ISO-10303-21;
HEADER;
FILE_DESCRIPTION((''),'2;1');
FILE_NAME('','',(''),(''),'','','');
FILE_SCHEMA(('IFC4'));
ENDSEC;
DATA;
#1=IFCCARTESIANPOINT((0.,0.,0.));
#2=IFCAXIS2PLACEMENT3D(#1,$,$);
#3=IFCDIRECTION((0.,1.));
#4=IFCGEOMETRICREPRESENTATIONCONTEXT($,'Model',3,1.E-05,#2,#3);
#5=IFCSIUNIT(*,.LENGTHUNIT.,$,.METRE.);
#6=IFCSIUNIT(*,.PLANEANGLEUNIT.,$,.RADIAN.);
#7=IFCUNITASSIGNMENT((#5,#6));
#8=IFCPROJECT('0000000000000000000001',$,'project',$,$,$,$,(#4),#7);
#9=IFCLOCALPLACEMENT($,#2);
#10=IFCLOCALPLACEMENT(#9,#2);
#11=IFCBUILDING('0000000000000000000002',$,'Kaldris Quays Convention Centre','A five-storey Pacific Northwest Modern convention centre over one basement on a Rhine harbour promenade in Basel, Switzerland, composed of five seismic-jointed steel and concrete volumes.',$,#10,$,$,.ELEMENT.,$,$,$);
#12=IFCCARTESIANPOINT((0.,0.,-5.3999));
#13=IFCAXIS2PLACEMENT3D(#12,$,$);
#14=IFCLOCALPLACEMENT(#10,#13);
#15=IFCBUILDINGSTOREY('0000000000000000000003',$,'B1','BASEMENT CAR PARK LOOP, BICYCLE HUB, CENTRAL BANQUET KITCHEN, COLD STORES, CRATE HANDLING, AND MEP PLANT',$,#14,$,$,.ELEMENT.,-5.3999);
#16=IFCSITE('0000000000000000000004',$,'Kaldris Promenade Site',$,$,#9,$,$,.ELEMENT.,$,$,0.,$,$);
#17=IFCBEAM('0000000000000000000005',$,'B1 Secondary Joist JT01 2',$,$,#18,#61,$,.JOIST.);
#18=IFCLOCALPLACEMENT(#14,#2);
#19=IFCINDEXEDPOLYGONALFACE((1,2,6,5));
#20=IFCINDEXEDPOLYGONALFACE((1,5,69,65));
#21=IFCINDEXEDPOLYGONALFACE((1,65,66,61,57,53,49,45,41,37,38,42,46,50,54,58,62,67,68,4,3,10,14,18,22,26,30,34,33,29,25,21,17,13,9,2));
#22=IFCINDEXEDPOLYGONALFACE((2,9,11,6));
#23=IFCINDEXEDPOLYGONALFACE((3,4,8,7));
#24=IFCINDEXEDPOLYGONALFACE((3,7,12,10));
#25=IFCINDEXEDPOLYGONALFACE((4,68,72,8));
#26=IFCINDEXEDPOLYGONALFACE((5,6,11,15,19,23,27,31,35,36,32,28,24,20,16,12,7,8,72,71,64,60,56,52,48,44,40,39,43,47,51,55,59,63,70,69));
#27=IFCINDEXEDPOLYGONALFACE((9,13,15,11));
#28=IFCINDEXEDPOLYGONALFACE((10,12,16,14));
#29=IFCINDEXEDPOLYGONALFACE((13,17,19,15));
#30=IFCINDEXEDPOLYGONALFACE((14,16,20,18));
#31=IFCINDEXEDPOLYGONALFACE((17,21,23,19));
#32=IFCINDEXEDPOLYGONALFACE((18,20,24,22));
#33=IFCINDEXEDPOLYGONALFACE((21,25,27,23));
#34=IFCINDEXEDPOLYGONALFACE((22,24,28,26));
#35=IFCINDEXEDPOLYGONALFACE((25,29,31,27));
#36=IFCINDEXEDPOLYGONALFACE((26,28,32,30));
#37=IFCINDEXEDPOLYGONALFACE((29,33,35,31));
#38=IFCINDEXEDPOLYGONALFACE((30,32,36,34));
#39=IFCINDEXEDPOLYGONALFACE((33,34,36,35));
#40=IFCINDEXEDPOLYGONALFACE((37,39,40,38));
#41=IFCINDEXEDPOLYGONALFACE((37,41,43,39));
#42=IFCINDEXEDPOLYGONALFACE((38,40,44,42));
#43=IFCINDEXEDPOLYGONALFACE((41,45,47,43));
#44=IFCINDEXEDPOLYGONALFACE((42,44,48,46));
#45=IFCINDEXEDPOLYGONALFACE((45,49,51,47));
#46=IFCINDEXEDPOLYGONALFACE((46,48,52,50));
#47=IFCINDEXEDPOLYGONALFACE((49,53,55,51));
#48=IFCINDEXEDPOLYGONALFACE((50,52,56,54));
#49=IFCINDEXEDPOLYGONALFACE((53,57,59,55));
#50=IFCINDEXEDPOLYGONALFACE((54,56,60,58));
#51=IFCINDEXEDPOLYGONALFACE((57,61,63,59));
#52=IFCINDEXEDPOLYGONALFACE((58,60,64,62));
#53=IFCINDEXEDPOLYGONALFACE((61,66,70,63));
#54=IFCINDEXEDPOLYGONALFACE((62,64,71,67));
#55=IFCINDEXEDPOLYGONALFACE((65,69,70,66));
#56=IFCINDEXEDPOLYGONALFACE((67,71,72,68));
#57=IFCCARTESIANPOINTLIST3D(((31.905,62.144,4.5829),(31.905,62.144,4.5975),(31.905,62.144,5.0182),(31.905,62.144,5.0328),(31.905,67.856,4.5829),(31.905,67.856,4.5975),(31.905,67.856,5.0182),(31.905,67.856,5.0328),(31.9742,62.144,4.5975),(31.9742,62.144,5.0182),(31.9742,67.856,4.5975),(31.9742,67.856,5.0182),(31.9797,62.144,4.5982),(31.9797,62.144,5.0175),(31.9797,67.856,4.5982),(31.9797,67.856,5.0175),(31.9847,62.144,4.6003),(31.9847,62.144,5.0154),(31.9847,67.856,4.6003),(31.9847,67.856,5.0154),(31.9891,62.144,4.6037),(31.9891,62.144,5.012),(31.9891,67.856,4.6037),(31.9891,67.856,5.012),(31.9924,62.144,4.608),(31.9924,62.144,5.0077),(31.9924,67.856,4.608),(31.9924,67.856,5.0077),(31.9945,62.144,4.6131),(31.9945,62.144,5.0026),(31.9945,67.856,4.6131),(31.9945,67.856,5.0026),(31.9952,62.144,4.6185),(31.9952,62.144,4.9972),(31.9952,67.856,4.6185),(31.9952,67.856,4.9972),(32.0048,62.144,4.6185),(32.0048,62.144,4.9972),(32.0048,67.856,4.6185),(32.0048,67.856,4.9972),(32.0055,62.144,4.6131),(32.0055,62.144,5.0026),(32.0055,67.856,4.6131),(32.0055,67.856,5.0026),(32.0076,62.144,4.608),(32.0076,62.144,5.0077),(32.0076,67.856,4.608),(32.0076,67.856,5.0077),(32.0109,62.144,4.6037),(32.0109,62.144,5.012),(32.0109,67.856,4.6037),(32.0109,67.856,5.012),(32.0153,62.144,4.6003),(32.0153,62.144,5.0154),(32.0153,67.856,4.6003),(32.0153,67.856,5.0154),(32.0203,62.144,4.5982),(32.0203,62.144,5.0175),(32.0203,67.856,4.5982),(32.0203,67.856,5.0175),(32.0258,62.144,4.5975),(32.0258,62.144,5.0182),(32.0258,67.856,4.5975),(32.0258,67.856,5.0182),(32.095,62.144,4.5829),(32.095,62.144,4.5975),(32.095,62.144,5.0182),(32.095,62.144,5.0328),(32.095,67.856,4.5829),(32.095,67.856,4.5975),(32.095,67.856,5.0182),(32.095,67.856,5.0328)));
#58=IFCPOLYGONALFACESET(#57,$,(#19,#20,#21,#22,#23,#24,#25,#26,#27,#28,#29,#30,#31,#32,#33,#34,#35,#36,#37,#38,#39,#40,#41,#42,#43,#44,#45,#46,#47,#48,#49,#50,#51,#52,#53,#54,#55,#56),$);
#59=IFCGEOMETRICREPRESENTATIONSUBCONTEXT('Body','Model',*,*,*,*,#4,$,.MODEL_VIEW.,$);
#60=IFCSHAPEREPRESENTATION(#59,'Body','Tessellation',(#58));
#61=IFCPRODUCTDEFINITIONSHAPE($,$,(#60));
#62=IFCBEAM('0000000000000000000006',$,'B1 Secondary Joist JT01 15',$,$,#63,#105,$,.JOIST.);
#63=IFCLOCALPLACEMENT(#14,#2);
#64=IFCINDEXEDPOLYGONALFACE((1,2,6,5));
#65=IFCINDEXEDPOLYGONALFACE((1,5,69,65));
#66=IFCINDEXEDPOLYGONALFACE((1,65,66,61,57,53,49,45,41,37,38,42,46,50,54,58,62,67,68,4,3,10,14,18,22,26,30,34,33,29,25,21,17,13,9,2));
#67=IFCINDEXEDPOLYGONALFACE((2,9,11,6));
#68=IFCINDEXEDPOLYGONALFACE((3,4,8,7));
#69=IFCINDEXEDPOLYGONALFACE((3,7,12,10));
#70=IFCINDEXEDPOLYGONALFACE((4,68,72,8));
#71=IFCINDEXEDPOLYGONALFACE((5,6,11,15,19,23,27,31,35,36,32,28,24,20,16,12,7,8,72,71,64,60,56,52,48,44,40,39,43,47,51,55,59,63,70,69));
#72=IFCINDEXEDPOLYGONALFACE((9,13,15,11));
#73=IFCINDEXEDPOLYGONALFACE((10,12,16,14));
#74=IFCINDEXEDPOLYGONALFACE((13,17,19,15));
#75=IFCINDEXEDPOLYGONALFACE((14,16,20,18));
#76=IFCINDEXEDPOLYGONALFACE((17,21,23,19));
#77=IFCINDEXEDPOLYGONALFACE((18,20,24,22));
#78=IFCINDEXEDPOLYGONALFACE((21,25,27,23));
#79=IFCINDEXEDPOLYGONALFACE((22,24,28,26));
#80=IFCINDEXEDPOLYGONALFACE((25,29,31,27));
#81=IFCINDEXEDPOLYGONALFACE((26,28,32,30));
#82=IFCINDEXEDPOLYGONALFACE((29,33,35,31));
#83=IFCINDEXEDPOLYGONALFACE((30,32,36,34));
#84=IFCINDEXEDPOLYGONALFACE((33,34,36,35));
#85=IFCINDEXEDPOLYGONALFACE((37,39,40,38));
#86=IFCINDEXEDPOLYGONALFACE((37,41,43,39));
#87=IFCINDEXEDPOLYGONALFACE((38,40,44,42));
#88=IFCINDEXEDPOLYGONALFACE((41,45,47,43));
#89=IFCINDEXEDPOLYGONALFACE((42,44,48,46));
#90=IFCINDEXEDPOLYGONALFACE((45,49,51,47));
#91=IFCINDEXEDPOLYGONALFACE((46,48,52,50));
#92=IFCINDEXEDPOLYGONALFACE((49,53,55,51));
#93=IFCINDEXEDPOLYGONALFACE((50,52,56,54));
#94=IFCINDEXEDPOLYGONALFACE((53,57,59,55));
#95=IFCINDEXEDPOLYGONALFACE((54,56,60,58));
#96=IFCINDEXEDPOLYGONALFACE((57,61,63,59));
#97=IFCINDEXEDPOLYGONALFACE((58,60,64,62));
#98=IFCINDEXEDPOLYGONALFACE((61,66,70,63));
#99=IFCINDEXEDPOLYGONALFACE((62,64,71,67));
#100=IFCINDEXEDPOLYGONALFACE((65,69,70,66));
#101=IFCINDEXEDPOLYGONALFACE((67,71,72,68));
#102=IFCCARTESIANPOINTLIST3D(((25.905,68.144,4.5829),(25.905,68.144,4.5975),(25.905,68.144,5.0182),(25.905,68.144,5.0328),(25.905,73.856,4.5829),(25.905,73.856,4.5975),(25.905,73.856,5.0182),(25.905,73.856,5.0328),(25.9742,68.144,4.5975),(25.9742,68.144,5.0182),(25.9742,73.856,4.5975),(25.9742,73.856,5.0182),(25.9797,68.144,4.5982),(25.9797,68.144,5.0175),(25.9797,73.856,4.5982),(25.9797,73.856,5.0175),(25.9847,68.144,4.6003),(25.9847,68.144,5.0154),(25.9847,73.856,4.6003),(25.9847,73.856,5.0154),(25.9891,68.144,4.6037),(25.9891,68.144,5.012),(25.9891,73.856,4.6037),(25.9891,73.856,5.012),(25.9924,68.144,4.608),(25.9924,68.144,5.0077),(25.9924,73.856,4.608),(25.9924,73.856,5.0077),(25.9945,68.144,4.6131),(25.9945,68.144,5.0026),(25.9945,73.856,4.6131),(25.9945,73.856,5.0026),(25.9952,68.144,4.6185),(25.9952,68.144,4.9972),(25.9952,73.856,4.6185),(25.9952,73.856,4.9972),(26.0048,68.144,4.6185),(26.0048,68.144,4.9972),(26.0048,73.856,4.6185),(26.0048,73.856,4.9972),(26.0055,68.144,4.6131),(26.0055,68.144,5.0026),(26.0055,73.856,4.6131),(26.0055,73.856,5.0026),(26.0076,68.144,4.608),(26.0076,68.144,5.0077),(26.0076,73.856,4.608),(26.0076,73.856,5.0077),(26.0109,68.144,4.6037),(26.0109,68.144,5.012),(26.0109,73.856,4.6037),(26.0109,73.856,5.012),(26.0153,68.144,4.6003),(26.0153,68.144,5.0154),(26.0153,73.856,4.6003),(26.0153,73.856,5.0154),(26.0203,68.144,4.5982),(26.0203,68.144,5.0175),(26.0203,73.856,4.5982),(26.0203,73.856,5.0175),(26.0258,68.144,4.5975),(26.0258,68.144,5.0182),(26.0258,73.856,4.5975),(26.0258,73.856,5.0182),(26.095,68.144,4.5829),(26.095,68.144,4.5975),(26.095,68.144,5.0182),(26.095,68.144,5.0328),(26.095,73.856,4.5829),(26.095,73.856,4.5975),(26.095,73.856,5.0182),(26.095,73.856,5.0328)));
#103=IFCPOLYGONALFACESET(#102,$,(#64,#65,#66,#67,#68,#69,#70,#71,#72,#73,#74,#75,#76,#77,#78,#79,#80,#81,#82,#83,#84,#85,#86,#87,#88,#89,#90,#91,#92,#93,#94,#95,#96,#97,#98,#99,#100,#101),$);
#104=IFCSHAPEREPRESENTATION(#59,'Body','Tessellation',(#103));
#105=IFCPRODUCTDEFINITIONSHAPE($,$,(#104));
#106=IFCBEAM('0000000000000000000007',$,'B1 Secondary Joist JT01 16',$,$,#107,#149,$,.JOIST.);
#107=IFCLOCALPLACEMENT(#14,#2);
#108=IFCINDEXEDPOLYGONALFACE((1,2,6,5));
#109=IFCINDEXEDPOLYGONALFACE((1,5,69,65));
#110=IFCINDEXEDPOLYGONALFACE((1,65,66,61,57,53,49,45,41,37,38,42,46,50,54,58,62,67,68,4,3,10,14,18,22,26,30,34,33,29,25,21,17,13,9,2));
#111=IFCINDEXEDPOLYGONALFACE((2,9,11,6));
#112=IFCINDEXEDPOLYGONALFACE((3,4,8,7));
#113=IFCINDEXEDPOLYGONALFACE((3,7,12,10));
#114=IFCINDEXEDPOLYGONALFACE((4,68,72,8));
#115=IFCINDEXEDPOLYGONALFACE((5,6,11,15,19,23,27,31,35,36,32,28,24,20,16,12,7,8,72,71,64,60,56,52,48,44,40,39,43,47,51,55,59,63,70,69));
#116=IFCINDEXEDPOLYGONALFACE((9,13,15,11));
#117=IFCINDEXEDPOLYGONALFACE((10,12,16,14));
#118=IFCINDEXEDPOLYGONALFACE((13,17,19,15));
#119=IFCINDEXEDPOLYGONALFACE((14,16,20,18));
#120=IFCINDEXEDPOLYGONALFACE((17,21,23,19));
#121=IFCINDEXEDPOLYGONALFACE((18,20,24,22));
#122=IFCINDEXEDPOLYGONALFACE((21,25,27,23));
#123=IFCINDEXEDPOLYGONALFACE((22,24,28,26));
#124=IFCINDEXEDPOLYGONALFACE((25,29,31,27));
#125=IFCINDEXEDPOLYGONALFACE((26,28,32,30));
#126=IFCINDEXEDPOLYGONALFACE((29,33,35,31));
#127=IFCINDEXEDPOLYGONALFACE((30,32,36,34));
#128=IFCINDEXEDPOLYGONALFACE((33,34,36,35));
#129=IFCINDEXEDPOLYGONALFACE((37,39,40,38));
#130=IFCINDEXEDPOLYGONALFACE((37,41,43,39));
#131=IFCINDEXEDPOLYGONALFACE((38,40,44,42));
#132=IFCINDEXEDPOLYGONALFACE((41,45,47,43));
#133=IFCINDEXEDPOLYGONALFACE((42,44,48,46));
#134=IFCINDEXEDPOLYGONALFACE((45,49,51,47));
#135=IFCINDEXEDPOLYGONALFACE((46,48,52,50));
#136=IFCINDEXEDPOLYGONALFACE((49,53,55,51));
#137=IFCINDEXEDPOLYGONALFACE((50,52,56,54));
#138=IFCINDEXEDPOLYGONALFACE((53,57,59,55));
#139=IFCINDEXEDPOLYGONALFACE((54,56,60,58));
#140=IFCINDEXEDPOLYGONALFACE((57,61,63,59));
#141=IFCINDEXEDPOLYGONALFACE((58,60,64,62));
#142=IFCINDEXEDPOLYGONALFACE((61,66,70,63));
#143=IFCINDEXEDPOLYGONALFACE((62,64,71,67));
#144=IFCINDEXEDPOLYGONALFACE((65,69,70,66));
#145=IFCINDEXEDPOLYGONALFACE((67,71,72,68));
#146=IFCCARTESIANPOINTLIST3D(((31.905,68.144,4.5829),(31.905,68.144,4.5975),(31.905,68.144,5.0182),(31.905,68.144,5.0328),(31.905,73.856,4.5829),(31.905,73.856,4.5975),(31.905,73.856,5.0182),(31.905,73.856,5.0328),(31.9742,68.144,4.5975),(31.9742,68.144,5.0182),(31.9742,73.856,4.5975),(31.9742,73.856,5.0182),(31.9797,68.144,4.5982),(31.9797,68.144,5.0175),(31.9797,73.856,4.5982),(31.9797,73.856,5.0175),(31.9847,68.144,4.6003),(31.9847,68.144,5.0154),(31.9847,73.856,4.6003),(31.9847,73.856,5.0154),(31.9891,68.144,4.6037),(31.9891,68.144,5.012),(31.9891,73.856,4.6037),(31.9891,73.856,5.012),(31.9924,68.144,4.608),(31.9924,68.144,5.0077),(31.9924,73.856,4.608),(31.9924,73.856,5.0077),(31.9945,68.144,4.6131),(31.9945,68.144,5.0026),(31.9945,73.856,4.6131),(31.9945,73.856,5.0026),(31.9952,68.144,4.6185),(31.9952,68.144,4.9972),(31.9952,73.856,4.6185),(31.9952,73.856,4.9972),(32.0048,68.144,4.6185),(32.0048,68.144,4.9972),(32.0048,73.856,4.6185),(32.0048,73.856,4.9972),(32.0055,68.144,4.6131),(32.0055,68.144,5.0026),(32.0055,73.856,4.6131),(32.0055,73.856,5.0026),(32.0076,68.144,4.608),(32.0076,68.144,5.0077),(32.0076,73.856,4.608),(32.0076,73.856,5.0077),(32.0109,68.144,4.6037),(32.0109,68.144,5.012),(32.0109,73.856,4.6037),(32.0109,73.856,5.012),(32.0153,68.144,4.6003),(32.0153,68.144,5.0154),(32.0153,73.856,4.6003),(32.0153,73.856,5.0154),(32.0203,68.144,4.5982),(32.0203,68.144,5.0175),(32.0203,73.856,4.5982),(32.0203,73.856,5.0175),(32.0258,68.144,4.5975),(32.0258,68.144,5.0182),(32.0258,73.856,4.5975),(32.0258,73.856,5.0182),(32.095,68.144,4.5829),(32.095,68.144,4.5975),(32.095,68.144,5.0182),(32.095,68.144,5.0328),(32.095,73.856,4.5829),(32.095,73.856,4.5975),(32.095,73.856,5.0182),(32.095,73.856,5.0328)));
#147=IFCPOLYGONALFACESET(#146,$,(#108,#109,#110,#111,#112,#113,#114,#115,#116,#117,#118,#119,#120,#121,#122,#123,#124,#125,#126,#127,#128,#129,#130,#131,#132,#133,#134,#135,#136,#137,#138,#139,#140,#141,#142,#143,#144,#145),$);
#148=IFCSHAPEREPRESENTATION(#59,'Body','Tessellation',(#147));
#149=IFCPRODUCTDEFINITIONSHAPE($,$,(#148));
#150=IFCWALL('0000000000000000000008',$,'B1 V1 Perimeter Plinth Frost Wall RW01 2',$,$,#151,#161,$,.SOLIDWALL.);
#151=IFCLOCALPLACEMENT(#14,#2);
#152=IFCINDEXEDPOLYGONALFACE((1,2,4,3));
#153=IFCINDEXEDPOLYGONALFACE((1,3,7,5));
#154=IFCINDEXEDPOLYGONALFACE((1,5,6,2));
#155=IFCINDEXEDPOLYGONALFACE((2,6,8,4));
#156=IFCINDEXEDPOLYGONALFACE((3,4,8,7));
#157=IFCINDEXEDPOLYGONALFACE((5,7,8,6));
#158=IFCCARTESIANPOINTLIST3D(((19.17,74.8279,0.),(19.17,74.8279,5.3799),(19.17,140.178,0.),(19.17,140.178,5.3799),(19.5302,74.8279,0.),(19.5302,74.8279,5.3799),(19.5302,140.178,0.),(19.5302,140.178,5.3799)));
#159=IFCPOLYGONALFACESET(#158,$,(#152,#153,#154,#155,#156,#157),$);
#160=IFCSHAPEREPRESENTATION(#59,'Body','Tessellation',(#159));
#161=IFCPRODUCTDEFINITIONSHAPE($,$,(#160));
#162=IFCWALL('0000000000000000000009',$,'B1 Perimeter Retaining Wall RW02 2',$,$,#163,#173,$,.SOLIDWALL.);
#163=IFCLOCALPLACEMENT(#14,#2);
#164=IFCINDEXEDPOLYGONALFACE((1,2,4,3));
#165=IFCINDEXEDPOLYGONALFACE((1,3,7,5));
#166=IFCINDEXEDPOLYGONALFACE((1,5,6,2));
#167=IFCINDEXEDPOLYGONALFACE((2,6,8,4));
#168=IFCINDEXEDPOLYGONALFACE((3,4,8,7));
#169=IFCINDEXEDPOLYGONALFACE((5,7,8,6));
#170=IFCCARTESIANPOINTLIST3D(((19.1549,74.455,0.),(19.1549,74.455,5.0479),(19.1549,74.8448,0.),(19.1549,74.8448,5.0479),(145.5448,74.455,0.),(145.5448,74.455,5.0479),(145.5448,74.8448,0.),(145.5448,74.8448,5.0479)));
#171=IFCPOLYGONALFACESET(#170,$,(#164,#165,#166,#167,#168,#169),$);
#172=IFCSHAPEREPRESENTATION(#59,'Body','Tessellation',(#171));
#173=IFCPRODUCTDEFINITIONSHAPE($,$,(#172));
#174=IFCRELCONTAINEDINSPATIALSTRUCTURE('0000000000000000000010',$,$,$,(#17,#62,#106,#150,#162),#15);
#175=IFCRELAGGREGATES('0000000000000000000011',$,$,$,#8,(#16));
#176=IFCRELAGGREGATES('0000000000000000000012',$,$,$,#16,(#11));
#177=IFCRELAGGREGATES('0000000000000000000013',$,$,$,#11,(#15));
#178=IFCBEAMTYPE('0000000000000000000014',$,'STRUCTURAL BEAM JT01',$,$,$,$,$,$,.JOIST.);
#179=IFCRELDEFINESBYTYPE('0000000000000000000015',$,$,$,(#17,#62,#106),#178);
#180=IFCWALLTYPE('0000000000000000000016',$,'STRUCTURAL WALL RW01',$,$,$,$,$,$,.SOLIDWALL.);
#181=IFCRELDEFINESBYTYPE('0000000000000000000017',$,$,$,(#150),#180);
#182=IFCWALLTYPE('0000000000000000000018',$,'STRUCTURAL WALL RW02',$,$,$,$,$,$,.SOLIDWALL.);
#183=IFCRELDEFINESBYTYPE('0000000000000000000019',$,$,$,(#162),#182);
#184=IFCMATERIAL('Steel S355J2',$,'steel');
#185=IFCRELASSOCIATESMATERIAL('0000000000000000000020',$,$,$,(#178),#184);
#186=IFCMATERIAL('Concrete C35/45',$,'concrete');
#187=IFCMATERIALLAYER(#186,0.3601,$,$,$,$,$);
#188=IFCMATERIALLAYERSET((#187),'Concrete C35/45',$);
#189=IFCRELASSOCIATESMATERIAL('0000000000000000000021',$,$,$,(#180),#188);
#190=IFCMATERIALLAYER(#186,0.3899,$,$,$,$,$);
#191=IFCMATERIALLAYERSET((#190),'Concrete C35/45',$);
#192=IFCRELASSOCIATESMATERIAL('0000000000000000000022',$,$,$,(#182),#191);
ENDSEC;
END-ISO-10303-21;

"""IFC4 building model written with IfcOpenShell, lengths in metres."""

from ifc_helpers import new_model, si_unit, direction, frame, frame_2d, origin, origin_2d, place, context, subcontext, project, spatial, rectangle, i_section, extrude, material, layer, layer_set, material_profile, profile_set, type_object, element, save


model = new_model("IFC4")

# Units and contexts
model_context = context("Model", 3, precision=1e-05, world=origin(), true_north=direction((0.0, 1.0)))
body_context = subcontext(model_context, "Body", "Model", "MODEL_VIEW")
ifc_project = project(units=[si_unit("LENGTHUNIT", "METRE"), si_unit("PLANEANGLEUNIT", "RADIAN")], contexts=[model_context])

# Site, building, storey
site_placement = place(None, origin())
site = spatial("IfcSite", under=ifc_project, at=site_placement, Name="Kaldris Promenade Site", CompositionType="ELEMENT", RefElevation=0.0)
building_placement = place(site_placement, origin())
building = spatial("IfcBuilding", under=site, at=building_placement, Name="Kaldris Quays Convention Centre", Description="A five-storey Pacific Northwest Modern convention centre over one basement on a Rhine harbour promenade in Basel, Switzerland, composed of five seismic-jointed steel and concrete volumes.", CompositionType="ELEMENT")
storey_placement = place(building_placement, frame((0.0, 0.0, -5.3999)))
storey = spatial("IfcBuildingStorey", under=building, at=storey_placement, Name="B1", Description="BASEMENT CAR PARK LOOP, BICYCLE HUB, CENTRAL BANQUET KITCHEN, COLD STORES, CRATE HANDLING, AND MEP PLANT", CompositionType="ELEMENT", Elevation=-5.3999)

# Shared definitions
ifc_material_1 = material(Name="Concrete C35/45", Category="concrete")

# Shared definitions
ifc_material_2 = material(Name="Steel S355J2", Category="steel")

# Beams
ifc_material_profile_1 = material_profile(ifc_material_2, i_section(OverallWidth=0.1899, OverallDepth=0.45, WebThickness=0.0095, FlangeThickness=0.0146, FilletRadius=0.021, at=origin_2d()), Name="IPE 450")
ifc_profile_set_1 = profile_set([ifc_material_profile_1], Name="Steel S355J2")
beam_type_1 = type_object("IfcBeamType", Name="STRUCTURAL BEAM JT01", PredefinedType="JOIST", material=ifc_profile_set_1)
for number, where, z_axis, x_axis, name in (
    (1, (32.0, 62.144, 4.8079), (0.0, 1.0, 0.0), (-1.0, 0.0, 0.0), "B1 Secondary Joist JT01 2"),
    (2, (26.0, 68.144, 4.8079), (0.0, 1.0, 0.0), (-1.0, 0.0, 0.0), "B1 Secondary Joist JT01 15"),
    (3, (32.0, 68.144, 4.8079), (0.0, 1.0, 0.0), (-1.0, 0.0, 0.0), "B1 Secondary Joist JT01 16"),
):
    element("IfcBeam", number, at=place(storey_placement, frame(where, z_axis=z_axis, x_axis=x_axis)), inside=storey, type_object=beam_type_1, Name=name, PredefinedType="JOIST", context=body_context, shape_type="SweptSolid", body=[
        extrude(i_section(OverallWidth=0.1899, OverallDepth=0.45, WebThickness=0.0095, FlangeThickness=0.0146, FilletRadius=0.021, at=origin_2d()), origin(), (0.0, 0.0, 1.0), 5.7119),
    ])

# Walls
ifc_layer_1 = layer(ifc_material_1, 0.3601)
ifc_layer_set_1 = layer_set([ifc_layer_1], Name="Concrete C35/45")
wall_type_1 = type_object("IfcWallType", Name="STRUCTURAL WALL RW01", PredefinedType="SOLIDWALL", material=ifc_layer_set_1)
wall_1_placement = place(storey_placement, frame((19.3501, 74.8279, 0.0), z_axis=(0.0, 0.0, 1.0), x_axis=(0.0, 1.0, 0.0)))
element("IfcWall", 4, at=wall_1_placement, inside=storey, type_object=wall_type_1, Name="B1 V1 Perimeter Plinth Frost Wall RW01 2", PredefinedType="SOLIDWALL", context=body_context, shape_type="SweptSolid", body=[
    extrude(rectangle(XDim=65.3501, YDim=0.3601, at=frame_2d((32.675, 0.0))), origin(), (0.0, 0.0, 1.0), 5.3799),
])
ifc_layer_2 = layer(ifc_material_1, 0.3899)
ifc_layer_set_2 = layer_set([ifc_layer_2], Name="Concrete C35/45")
wall_type_2 = type_object("IfcWallType", Name="STRUCTURAL WALL RW02", PredefinedType="SOLIDWALL", material=ifc_layer_set_2)
wall_2_placement = place(storey_placement, frame((19.155, 74.6499, 0.0), z_axis=(0.0, 0.0, 1.0), x_axis=(1.0, 0.0, 0.0)))
element("IfcWall", 5, at=wall_2_placement, inside=storey, type_object=wall_type_2, Name="B1 Perimeter Retaining Wall RW02 2", PredefinedType="SOLIDWALL", context=body_context, shape_type="SweptSolid", body=[
    extrude(rectangle(XDim=126.3899, YDim=0.3899, at=frame_2d((63.1948, 0.0))), origin(), (0.0, 0.0, 1.0), 5.0479),
])

save(model, "model.ifc")
